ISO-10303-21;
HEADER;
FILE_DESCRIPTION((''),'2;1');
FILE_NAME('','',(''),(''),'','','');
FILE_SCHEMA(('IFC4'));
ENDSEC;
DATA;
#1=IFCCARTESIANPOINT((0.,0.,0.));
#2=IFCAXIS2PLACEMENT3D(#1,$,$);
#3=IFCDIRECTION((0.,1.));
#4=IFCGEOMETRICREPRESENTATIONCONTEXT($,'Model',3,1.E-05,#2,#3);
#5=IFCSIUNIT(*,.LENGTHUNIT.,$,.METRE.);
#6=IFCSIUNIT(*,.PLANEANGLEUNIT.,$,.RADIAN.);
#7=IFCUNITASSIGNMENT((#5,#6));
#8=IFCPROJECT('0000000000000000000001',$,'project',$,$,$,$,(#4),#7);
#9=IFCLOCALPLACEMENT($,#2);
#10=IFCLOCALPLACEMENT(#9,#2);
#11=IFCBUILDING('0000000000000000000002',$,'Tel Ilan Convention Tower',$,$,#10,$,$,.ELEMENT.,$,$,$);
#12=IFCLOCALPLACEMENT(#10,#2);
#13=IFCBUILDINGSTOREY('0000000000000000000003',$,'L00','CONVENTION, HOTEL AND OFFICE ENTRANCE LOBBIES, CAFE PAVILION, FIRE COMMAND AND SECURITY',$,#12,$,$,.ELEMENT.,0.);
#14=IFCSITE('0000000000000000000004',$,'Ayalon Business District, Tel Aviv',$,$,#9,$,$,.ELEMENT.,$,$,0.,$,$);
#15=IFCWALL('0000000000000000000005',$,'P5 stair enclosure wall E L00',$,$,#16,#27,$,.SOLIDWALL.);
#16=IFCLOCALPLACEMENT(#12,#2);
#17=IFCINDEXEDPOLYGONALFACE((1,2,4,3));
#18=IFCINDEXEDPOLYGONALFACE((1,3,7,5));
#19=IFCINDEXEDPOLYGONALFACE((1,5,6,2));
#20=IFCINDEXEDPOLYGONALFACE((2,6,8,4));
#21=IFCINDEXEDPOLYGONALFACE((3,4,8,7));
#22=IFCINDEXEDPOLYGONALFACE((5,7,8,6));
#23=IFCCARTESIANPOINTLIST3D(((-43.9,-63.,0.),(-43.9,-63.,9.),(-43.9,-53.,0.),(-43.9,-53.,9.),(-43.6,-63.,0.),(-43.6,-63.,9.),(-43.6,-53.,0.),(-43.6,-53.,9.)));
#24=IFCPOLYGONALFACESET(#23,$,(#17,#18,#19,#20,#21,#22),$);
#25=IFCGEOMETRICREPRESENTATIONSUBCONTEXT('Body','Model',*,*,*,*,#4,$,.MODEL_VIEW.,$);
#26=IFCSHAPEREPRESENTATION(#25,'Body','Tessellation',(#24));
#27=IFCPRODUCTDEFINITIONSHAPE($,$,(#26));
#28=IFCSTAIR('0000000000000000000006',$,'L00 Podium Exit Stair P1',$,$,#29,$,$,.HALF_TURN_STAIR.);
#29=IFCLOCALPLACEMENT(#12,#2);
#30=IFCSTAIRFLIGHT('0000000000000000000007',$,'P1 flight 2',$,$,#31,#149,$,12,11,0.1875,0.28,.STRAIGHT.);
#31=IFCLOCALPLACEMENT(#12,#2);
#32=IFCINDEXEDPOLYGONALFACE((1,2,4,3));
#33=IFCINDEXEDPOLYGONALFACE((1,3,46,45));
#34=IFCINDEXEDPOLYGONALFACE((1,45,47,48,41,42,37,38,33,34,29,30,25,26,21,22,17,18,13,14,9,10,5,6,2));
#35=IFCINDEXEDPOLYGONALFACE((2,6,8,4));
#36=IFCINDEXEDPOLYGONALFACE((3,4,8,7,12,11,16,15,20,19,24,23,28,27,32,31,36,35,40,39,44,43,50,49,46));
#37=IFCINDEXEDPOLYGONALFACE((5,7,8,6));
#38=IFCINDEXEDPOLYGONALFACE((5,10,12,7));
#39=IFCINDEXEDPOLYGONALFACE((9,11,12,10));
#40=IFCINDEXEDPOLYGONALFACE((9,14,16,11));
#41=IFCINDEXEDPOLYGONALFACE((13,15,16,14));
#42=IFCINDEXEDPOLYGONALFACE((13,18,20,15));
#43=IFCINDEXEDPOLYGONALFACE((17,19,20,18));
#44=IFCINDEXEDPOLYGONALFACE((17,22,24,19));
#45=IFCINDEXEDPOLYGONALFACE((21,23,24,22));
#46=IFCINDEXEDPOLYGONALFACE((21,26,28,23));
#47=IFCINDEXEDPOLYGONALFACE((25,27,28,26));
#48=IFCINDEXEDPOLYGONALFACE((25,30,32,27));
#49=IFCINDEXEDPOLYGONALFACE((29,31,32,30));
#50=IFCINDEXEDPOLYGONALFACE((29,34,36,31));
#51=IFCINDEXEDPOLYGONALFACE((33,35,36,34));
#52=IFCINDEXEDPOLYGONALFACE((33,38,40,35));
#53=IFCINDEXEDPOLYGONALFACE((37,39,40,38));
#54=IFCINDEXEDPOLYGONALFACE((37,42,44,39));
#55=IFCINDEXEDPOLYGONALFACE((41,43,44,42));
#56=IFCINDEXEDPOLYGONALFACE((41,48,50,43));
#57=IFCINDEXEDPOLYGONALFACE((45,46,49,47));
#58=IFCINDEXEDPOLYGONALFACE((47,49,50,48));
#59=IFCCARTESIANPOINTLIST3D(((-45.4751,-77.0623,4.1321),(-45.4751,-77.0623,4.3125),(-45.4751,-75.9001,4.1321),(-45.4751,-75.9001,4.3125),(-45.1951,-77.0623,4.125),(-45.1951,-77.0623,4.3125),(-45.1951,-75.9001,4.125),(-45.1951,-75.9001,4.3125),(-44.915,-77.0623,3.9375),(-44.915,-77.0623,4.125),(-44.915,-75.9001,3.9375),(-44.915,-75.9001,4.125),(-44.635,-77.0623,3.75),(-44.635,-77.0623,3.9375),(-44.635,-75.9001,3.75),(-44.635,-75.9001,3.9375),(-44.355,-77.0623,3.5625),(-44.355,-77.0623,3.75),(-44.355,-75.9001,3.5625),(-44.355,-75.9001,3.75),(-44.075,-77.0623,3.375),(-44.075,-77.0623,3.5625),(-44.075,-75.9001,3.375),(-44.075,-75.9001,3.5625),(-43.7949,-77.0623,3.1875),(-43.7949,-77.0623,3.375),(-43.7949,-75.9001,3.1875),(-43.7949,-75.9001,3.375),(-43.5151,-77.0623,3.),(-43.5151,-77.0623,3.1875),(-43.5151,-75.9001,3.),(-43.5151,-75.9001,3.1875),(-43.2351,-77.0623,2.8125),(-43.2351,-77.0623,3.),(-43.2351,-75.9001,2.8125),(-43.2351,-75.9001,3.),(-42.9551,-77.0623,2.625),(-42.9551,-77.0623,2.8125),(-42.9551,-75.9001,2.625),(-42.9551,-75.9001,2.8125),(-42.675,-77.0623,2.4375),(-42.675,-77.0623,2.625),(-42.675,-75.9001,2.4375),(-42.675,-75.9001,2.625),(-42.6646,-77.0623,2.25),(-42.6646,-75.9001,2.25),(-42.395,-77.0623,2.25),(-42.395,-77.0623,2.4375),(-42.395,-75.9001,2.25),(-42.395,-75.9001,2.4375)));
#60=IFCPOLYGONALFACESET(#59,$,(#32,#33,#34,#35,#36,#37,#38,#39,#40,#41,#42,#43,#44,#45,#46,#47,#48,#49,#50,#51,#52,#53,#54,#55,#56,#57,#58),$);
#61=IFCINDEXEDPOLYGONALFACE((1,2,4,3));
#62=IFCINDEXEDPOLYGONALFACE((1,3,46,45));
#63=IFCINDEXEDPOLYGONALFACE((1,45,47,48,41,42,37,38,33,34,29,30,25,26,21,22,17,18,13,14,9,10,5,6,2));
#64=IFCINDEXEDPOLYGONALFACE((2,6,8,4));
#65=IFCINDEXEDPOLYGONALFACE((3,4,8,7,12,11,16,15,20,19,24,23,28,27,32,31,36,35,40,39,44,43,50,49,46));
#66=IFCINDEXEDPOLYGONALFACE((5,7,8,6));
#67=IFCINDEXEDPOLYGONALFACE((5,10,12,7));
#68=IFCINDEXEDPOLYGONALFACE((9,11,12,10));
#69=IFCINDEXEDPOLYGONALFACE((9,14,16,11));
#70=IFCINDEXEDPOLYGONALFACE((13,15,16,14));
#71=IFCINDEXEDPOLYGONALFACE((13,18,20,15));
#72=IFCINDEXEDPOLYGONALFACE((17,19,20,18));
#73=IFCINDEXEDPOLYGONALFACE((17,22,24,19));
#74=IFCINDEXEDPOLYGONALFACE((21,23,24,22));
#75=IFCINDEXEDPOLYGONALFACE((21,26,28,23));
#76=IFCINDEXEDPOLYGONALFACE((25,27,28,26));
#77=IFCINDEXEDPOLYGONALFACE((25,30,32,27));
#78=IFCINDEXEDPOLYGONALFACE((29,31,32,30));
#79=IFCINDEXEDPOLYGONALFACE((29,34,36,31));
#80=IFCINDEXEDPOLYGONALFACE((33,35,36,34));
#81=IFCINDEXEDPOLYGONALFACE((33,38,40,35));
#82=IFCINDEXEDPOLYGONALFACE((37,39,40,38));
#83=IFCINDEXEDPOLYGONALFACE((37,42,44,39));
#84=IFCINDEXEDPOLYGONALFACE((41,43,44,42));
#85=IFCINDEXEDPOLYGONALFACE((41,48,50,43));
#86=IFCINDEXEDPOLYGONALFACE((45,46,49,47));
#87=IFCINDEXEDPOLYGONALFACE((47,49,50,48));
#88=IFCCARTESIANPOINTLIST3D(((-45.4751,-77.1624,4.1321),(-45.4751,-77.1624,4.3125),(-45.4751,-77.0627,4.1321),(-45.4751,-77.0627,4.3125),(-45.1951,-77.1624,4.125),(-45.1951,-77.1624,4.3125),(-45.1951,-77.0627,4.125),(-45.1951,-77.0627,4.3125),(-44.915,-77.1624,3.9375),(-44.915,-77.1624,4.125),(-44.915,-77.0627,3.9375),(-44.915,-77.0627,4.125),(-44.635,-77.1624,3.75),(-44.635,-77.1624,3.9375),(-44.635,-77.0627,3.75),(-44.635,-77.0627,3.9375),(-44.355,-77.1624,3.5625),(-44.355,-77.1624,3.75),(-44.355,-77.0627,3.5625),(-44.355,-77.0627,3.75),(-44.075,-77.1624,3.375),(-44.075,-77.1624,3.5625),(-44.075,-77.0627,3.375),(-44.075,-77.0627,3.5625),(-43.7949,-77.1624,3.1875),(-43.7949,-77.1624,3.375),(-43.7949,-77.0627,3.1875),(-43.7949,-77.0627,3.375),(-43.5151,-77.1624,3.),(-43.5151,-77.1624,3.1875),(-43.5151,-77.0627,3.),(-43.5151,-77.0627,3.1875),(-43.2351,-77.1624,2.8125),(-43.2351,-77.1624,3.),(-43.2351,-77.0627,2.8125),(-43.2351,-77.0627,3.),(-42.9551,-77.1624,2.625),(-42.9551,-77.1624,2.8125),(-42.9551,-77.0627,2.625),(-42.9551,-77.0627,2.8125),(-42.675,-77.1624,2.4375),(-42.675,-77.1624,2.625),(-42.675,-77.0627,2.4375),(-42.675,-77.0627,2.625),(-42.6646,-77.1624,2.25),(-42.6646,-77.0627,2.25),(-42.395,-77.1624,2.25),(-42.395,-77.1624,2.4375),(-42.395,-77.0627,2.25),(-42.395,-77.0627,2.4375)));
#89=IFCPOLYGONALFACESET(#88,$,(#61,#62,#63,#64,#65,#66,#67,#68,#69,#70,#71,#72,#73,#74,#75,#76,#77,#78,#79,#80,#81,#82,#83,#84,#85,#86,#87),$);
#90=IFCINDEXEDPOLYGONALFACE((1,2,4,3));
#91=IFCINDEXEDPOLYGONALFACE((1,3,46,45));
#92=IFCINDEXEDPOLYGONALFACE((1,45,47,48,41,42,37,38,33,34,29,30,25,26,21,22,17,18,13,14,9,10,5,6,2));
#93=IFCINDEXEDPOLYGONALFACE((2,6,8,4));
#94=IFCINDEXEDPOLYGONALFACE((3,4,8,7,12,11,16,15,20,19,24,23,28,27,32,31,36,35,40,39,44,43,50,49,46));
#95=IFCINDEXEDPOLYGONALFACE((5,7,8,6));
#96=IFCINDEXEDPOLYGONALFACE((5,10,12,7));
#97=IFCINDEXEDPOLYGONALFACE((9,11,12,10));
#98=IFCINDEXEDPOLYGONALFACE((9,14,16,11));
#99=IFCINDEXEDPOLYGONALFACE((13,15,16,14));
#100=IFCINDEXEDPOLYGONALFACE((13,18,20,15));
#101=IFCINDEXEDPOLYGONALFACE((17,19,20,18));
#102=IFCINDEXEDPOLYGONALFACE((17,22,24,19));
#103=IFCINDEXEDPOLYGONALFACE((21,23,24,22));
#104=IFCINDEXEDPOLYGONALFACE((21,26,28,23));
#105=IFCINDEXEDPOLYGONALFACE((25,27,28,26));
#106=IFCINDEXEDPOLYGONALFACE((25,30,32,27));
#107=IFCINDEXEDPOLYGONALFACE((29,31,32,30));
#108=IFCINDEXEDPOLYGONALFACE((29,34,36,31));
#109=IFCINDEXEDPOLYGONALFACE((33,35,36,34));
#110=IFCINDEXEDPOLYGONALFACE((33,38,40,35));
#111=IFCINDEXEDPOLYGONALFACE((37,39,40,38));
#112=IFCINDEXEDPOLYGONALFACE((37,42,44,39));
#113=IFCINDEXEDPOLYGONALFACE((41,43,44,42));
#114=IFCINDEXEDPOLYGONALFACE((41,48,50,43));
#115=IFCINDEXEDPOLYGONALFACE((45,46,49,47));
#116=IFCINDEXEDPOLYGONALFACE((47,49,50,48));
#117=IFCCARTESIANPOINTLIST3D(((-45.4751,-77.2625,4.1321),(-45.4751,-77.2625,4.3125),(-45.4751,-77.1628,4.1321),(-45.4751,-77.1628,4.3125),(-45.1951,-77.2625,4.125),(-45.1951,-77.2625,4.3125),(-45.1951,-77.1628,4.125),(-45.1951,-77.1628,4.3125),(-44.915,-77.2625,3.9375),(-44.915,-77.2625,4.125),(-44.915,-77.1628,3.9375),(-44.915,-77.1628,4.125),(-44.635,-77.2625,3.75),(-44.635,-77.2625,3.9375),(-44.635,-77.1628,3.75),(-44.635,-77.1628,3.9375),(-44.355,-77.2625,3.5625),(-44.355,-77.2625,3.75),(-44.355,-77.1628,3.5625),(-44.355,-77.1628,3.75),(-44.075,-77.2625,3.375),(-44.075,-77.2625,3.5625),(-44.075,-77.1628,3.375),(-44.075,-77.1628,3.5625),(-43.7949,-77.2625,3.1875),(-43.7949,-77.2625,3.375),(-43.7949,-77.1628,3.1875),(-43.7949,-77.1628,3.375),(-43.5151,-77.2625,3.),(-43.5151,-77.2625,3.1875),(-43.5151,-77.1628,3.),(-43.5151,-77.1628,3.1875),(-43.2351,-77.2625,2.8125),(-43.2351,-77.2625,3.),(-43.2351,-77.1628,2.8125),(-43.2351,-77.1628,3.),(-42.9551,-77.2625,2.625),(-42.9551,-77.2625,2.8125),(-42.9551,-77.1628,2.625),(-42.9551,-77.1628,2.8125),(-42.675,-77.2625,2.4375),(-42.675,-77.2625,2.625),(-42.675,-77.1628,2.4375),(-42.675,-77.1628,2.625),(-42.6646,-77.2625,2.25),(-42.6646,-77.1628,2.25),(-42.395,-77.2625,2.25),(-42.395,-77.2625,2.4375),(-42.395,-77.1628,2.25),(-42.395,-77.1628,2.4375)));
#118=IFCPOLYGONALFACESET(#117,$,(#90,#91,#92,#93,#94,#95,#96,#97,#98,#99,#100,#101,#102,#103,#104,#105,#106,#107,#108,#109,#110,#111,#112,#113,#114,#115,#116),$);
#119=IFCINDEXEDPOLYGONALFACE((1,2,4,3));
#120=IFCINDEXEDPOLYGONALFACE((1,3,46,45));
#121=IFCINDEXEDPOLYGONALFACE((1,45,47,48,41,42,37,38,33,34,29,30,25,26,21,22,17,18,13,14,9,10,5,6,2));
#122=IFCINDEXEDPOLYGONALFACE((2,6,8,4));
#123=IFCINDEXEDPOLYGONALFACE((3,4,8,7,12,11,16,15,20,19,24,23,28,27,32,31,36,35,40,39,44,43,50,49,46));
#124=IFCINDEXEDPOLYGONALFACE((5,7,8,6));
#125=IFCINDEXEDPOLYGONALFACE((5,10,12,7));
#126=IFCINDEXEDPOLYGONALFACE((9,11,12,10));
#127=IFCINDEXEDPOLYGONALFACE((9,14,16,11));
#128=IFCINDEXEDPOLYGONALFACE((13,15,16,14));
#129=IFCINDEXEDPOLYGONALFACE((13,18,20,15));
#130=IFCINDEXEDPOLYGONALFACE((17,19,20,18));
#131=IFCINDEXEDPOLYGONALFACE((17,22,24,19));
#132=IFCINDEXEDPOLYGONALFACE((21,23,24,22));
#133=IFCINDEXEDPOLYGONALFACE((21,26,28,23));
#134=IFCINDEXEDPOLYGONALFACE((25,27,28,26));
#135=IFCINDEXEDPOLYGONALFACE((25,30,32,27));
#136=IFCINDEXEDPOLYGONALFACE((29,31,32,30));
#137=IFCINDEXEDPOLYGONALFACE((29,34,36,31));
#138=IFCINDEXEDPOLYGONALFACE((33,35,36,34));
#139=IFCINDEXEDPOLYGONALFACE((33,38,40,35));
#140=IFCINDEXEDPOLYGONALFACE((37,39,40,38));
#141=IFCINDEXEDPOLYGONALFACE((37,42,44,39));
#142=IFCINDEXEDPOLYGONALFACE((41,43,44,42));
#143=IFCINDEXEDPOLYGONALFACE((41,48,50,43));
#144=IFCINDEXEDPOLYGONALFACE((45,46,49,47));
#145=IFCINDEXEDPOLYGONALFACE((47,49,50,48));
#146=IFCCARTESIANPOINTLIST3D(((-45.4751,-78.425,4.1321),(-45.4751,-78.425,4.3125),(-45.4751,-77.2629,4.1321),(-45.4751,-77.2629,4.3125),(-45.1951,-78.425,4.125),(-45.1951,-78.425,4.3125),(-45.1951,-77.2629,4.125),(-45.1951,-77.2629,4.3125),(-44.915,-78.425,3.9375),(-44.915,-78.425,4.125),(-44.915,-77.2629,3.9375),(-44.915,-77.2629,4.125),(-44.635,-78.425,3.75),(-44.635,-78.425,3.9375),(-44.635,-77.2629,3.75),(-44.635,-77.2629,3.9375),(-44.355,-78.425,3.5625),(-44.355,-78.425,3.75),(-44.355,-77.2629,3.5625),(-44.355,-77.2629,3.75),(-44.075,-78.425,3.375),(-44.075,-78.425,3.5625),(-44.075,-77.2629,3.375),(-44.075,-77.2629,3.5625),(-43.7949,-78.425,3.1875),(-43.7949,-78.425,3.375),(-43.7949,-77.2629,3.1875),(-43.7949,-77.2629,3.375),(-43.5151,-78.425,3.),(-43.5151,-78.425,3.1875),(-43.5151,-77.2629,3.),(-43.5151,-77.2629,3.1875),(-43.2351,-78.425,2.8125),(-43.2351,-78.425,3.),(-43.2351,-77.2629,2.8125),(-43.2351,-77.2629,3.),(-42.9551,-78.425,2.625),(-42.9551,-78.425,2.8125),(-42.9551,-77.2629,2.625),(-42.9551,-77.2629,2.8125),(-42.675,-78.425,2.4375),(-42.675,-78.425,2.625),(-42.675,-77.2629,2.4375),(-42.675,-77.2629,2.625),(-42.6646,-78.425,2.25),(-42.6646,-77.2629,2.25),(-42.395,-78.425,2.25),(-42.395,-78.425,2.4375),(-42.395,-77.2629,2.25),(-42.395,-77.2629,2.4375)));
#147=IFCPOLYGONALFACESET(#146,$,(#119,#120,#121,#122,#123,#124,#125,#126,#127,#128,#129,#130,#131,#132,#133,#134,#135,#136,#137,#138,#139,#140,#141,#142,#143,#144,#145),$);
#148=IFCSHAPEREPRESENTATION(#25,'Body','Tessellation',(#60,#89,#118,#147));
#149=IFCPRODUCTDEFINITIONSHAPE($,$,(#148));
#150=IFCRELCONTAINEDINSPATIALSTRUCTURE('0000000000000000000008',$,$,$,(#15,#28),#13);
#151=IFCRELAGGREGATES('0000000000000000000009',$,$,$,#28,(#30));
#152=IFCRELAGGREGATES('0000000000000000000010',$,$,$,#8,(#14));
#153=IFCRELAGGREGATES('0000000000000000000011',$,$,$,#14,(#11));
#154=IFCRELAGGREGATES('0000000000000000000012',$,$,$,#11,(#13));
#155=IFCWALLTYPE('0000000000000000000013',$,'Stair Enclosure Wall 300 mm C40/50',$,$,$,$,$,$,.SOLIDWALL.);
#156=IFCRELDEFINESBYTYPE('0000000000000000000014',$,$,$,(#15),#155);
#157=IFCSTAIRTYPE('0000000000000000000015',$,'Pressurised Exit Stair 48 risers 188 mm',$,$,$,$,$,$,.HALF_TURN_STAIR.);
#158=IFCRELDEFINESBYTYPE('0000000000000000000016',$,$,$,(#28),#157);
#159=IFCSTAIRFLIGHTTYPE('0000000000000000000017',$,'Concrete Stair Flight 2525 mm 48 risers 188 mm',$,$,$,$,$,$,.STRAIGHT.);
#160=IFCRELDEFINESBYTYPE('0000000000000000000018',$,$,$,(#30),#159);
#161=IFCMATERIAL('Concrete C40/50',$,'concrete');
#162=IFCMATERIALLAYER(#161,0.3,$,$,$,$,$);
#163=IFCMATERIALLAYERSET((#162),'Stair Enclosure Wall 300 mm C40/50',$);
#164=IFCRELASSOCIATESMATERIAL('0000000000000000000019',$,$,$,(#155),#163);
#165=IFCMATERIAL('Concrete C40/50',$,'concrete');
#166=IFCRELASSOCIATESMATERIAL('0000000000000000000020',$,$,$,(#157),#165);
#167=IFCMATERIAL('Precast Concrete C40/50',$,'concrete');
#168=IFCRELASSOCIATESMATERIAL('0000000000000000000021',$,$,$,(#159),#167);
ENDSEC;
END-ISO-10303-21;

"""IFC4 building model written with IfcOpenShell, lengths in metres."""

from ifc_helpers import new_model, si_unit, direction, frame, frame_2d, origin, place, context, subcontext, project, spatial, polyline, rectangle, outline, extrude, material, layer, layer_set, type_object, element, aggregate, save


model = new_model("IFC4")

# Units and contexts
model_context = context("Model", 3, precision=1e-05, world=origin(), true_north=direction((0.0, 1.0)))
body_context = subcontext(model_context, "Body", "Model", "MODEL_VIEW")
ifc_project = project(units=[si_unit("LENGTHUNIT", "METRE"), si_unit("PLANEANGLEUNIT", "RADIAN")], contexts=[model_context])

# Site, building, storey
site_placement = place(None, origin())
site = spatial("IfcSite", under=ifc_project, at=site_placement, Name="Ayalon Business District, Tel Aviv", CompositionType="ELEMENT", RefElevation=0.0)
building_placement = place(site_placement, origin())
building = spatial("IfcBuilding", under=site, at=building_placement, Name="Tel Ilan Convention Tower", CompositionType="ELEMENT")
storey_placement = place(building_placement, origin())
storey = spatial("IfcBuildingStorey", under=building, at=storey_placement, Name="L00", Description="CONVENTION, HOTEL AND OFFICE ENTRANCE LOBBIES, CAFE PAVILION, FIRE COMMAND AND SECURITY", CompositionType="ELEMENT", Elevation=0.0)

# Wall
ifc_material_1 = material(Name="Concrete C40/50", Category="concrete")
ifc_layer = layer(ifc_material_1, 0.3)
ifc_layer_set = layer_set([ifc_layer], Name="Stair Enclosure Wall 300 mm C40/50")
wall_type = type_object("IfcWallType", Name="Stair Enclosure Wall 300 mm C40/50", PredefinedType="SOLIDWALL", material=ifc_layer_set)
wall_1_placement = place(storey_placement, frame((-43.75, -63.0, 0.0), z_axis=(0.0, 0.0, 1.0), x_axis=(0.0, 1.0, 0.0)))
element("IfcWall", 1, at=wall_1_placement, inside=storey, type_object=wall_type, Name="P5 stair enclosure wall E L00", PredefinedType="SOLIDWALL", context=body_context, shape_type="SweptSolid", body=[
    extrude(rectangle(XDim=10.0, YDim=0.3, at=frame_2d((5.0, 0.0))), origin(), (0.0, 0.0, 1.0), 9.0),
])

# Stair, stair flight
ifc_material_2 = material(Name="Concrete C40/50", Category="concrete")
stair_type = type_object("IfcStairType", Name="Pressurised Exit Stair 48 risers 188 mm", PredefinedType="HALF_TURN_STAIR", material=ifc_material_2)
stair_1_placement = place(storey_placement, origin())
stair_1 = element("IfcStair", 2, at=stair_1_placement, inside=storey, type_object=stair_type, Name="L00 Podium Exit Stair P1", PredefinedType="HALF_TURN_STAIR")
ifc_material_3 = material(Name="Precast Concrete C40/50", Category="concrete")
stair_flight_type = type_object("IfcStairFlightType", Name="Concrete Stair Flight 2525 mm 48 risers 188 mm", PredefinedType="STRAIGHT", material=ifc_material_3)
stair_flight_1_placement = place(storey_placement, frame((-42.395, -77.1626, 2.25), z_axis=(0.0, 0.0, 1.0), x_axis=(-1.0, 0.0, 0.0)))
stair_flight_1 = element("IfcStairFlight", 3, at=stair_flight_1_placement, type_object=stair_flight_type, Name="P1 flight 2", NumberOfRisers=12, NumberOfTreads=11, PredefinedType="STRAIGHT", RiserHeight=0.1875, TreadLength=0.28, context=body_context, shape_type="SweptSolid", body=[
    extrude(outline(polyline([(0.0, 0.0), (0.0, 0.1875), (0.28, 0.1875), (0.28, 0.375), (0.5601, 0.375), (0.5601, 0.5625), (0.8401, 0.5625), (0.8401, 0.75), (1.1201, 0.75), (1.1201, 0.9375), (1.3999, 0.9375), (1.3999, 1.125), (1.6799, 1.125), (1.6799, 1.3125), (1.96, 1.3125), (1.96, 1.5), (2.24, 1.5), (2.24, 1.6875), (2.52, 1.6875), (2.52, 1.875), (2.8, 1.875), (2.8, 2.0625), (3.0801, 2.0625), (3.0801, 2.25), (3.0801, 1.8821), (0.2695, 0.0), (0.0, 0.0)])), frame((0.0, -0.1003, 0.0), z_axis=(0.0, -1.0, 0.0), x_axis=(1.0, 0.0, 0.0)), (0.0, 0.0, 1.0), 1.1621),
    extrude(outline(polyline([(0.0, 0.0), (0.0, 0.1875), (0.28, 0.1875), (0.28, 0.375), (0.5601, 0.375), (0.5601, 0.5625), (0.8401, 0.5625), (0.8401, 0.75), (1.1201, 0.75), (1.1201, 0.9375), (1.3999, 0.9375), (1.3999, 1.125), (1.6799, 1.125), (1.6799, 1.3125), (1.96, 1.3125), (1.96, 1.5), (2.24, 1.5), (2.24, 1.6875), (2.52, 1.6875), (2.52, 1.875), (2.8, 1.875), (2.8, 2.0625), (3.0801, 2.0625), (3.0801, 2.25), (3.0801, 1.8821), (0.2695, 0.0), (0.0, 0.0)])), frame((0.0, -0.0002, 0.0), z_axis=(0.0, -1.0, 0.0), x_axis=(1.0, 0.0, 0.0)), (0.0, 0.0, 1.0), 0.0996),
    extrude(outline(polyline([(0.0, 0.0), (0.0, 0.1875), (0.28, 0.1875), (0.28, 0.375), (0.5601, 0.375), (0.5601, 0.5625), (0.8401, 0.5625), (0.8401, 0.75), (1.1201, 0.75), (1.1201, 0.9375), (1.3999, 0.9375), (1.3999, 1.125), (1.6799, 1.125), (1.6799, 1.3125), (1.96, 1.3125), (1.96, 1.5), (2.24, 1.5), (2.24, 1.6875), (2.52, 1.6875), (2.52, 1.875), (2.8, 1.875), (2.8, 2.0625), (3.0801, 2.0625), (3.0801, 2.25), (3.0801, 1.8821), (0.2695, 0.0), (0.0, 0.0)])), frame((0.0, 0.0999, 0.0), z_axis=(0.0, -1.0, 0.0), x_axis=(1.0, 0.0, 0.0)), (0.0, 0.0, 1.0), 0.0996),
    extrude(outline(polyline([(0.0, 0.0), (0.0, 0.1875), (0.28, 0.1875), (0.28, 0.375), (0.5601, 0.375), (0.5601, 0.5625), (0.8401, 0.5625), (0.8401, 0.75), (1.1201, 0.75), (1.1201, 0.9375), (1.3999, 0.9375), (1.3999, 1.125), (1.6799, 1.125), (1.6799, 1.3125), (1.96, 1.3125), (1.96, 1.5), (2.24, 1.5), (2.24, 1.6875), (2.52, 1.6875), (2.52, 1.875), (2.8, 1.875), (2.8, 2.0625), (3.0801, 2.0625), (3.0801, 2.25), (3.0801, 1.8821), (0.2695, 0.0), (0.0, 0.0)])), frame((0.0, 1.2625, 0.0), z_axis=(0.0, -1.0, 0.0), x_axis=(1.0, 0.0, 0.0)), (0.0, 0.0, 1.0), 1.1621),
])
aggregate(stair_1, [stair_flight_1])

save(model, "model.ifc")
